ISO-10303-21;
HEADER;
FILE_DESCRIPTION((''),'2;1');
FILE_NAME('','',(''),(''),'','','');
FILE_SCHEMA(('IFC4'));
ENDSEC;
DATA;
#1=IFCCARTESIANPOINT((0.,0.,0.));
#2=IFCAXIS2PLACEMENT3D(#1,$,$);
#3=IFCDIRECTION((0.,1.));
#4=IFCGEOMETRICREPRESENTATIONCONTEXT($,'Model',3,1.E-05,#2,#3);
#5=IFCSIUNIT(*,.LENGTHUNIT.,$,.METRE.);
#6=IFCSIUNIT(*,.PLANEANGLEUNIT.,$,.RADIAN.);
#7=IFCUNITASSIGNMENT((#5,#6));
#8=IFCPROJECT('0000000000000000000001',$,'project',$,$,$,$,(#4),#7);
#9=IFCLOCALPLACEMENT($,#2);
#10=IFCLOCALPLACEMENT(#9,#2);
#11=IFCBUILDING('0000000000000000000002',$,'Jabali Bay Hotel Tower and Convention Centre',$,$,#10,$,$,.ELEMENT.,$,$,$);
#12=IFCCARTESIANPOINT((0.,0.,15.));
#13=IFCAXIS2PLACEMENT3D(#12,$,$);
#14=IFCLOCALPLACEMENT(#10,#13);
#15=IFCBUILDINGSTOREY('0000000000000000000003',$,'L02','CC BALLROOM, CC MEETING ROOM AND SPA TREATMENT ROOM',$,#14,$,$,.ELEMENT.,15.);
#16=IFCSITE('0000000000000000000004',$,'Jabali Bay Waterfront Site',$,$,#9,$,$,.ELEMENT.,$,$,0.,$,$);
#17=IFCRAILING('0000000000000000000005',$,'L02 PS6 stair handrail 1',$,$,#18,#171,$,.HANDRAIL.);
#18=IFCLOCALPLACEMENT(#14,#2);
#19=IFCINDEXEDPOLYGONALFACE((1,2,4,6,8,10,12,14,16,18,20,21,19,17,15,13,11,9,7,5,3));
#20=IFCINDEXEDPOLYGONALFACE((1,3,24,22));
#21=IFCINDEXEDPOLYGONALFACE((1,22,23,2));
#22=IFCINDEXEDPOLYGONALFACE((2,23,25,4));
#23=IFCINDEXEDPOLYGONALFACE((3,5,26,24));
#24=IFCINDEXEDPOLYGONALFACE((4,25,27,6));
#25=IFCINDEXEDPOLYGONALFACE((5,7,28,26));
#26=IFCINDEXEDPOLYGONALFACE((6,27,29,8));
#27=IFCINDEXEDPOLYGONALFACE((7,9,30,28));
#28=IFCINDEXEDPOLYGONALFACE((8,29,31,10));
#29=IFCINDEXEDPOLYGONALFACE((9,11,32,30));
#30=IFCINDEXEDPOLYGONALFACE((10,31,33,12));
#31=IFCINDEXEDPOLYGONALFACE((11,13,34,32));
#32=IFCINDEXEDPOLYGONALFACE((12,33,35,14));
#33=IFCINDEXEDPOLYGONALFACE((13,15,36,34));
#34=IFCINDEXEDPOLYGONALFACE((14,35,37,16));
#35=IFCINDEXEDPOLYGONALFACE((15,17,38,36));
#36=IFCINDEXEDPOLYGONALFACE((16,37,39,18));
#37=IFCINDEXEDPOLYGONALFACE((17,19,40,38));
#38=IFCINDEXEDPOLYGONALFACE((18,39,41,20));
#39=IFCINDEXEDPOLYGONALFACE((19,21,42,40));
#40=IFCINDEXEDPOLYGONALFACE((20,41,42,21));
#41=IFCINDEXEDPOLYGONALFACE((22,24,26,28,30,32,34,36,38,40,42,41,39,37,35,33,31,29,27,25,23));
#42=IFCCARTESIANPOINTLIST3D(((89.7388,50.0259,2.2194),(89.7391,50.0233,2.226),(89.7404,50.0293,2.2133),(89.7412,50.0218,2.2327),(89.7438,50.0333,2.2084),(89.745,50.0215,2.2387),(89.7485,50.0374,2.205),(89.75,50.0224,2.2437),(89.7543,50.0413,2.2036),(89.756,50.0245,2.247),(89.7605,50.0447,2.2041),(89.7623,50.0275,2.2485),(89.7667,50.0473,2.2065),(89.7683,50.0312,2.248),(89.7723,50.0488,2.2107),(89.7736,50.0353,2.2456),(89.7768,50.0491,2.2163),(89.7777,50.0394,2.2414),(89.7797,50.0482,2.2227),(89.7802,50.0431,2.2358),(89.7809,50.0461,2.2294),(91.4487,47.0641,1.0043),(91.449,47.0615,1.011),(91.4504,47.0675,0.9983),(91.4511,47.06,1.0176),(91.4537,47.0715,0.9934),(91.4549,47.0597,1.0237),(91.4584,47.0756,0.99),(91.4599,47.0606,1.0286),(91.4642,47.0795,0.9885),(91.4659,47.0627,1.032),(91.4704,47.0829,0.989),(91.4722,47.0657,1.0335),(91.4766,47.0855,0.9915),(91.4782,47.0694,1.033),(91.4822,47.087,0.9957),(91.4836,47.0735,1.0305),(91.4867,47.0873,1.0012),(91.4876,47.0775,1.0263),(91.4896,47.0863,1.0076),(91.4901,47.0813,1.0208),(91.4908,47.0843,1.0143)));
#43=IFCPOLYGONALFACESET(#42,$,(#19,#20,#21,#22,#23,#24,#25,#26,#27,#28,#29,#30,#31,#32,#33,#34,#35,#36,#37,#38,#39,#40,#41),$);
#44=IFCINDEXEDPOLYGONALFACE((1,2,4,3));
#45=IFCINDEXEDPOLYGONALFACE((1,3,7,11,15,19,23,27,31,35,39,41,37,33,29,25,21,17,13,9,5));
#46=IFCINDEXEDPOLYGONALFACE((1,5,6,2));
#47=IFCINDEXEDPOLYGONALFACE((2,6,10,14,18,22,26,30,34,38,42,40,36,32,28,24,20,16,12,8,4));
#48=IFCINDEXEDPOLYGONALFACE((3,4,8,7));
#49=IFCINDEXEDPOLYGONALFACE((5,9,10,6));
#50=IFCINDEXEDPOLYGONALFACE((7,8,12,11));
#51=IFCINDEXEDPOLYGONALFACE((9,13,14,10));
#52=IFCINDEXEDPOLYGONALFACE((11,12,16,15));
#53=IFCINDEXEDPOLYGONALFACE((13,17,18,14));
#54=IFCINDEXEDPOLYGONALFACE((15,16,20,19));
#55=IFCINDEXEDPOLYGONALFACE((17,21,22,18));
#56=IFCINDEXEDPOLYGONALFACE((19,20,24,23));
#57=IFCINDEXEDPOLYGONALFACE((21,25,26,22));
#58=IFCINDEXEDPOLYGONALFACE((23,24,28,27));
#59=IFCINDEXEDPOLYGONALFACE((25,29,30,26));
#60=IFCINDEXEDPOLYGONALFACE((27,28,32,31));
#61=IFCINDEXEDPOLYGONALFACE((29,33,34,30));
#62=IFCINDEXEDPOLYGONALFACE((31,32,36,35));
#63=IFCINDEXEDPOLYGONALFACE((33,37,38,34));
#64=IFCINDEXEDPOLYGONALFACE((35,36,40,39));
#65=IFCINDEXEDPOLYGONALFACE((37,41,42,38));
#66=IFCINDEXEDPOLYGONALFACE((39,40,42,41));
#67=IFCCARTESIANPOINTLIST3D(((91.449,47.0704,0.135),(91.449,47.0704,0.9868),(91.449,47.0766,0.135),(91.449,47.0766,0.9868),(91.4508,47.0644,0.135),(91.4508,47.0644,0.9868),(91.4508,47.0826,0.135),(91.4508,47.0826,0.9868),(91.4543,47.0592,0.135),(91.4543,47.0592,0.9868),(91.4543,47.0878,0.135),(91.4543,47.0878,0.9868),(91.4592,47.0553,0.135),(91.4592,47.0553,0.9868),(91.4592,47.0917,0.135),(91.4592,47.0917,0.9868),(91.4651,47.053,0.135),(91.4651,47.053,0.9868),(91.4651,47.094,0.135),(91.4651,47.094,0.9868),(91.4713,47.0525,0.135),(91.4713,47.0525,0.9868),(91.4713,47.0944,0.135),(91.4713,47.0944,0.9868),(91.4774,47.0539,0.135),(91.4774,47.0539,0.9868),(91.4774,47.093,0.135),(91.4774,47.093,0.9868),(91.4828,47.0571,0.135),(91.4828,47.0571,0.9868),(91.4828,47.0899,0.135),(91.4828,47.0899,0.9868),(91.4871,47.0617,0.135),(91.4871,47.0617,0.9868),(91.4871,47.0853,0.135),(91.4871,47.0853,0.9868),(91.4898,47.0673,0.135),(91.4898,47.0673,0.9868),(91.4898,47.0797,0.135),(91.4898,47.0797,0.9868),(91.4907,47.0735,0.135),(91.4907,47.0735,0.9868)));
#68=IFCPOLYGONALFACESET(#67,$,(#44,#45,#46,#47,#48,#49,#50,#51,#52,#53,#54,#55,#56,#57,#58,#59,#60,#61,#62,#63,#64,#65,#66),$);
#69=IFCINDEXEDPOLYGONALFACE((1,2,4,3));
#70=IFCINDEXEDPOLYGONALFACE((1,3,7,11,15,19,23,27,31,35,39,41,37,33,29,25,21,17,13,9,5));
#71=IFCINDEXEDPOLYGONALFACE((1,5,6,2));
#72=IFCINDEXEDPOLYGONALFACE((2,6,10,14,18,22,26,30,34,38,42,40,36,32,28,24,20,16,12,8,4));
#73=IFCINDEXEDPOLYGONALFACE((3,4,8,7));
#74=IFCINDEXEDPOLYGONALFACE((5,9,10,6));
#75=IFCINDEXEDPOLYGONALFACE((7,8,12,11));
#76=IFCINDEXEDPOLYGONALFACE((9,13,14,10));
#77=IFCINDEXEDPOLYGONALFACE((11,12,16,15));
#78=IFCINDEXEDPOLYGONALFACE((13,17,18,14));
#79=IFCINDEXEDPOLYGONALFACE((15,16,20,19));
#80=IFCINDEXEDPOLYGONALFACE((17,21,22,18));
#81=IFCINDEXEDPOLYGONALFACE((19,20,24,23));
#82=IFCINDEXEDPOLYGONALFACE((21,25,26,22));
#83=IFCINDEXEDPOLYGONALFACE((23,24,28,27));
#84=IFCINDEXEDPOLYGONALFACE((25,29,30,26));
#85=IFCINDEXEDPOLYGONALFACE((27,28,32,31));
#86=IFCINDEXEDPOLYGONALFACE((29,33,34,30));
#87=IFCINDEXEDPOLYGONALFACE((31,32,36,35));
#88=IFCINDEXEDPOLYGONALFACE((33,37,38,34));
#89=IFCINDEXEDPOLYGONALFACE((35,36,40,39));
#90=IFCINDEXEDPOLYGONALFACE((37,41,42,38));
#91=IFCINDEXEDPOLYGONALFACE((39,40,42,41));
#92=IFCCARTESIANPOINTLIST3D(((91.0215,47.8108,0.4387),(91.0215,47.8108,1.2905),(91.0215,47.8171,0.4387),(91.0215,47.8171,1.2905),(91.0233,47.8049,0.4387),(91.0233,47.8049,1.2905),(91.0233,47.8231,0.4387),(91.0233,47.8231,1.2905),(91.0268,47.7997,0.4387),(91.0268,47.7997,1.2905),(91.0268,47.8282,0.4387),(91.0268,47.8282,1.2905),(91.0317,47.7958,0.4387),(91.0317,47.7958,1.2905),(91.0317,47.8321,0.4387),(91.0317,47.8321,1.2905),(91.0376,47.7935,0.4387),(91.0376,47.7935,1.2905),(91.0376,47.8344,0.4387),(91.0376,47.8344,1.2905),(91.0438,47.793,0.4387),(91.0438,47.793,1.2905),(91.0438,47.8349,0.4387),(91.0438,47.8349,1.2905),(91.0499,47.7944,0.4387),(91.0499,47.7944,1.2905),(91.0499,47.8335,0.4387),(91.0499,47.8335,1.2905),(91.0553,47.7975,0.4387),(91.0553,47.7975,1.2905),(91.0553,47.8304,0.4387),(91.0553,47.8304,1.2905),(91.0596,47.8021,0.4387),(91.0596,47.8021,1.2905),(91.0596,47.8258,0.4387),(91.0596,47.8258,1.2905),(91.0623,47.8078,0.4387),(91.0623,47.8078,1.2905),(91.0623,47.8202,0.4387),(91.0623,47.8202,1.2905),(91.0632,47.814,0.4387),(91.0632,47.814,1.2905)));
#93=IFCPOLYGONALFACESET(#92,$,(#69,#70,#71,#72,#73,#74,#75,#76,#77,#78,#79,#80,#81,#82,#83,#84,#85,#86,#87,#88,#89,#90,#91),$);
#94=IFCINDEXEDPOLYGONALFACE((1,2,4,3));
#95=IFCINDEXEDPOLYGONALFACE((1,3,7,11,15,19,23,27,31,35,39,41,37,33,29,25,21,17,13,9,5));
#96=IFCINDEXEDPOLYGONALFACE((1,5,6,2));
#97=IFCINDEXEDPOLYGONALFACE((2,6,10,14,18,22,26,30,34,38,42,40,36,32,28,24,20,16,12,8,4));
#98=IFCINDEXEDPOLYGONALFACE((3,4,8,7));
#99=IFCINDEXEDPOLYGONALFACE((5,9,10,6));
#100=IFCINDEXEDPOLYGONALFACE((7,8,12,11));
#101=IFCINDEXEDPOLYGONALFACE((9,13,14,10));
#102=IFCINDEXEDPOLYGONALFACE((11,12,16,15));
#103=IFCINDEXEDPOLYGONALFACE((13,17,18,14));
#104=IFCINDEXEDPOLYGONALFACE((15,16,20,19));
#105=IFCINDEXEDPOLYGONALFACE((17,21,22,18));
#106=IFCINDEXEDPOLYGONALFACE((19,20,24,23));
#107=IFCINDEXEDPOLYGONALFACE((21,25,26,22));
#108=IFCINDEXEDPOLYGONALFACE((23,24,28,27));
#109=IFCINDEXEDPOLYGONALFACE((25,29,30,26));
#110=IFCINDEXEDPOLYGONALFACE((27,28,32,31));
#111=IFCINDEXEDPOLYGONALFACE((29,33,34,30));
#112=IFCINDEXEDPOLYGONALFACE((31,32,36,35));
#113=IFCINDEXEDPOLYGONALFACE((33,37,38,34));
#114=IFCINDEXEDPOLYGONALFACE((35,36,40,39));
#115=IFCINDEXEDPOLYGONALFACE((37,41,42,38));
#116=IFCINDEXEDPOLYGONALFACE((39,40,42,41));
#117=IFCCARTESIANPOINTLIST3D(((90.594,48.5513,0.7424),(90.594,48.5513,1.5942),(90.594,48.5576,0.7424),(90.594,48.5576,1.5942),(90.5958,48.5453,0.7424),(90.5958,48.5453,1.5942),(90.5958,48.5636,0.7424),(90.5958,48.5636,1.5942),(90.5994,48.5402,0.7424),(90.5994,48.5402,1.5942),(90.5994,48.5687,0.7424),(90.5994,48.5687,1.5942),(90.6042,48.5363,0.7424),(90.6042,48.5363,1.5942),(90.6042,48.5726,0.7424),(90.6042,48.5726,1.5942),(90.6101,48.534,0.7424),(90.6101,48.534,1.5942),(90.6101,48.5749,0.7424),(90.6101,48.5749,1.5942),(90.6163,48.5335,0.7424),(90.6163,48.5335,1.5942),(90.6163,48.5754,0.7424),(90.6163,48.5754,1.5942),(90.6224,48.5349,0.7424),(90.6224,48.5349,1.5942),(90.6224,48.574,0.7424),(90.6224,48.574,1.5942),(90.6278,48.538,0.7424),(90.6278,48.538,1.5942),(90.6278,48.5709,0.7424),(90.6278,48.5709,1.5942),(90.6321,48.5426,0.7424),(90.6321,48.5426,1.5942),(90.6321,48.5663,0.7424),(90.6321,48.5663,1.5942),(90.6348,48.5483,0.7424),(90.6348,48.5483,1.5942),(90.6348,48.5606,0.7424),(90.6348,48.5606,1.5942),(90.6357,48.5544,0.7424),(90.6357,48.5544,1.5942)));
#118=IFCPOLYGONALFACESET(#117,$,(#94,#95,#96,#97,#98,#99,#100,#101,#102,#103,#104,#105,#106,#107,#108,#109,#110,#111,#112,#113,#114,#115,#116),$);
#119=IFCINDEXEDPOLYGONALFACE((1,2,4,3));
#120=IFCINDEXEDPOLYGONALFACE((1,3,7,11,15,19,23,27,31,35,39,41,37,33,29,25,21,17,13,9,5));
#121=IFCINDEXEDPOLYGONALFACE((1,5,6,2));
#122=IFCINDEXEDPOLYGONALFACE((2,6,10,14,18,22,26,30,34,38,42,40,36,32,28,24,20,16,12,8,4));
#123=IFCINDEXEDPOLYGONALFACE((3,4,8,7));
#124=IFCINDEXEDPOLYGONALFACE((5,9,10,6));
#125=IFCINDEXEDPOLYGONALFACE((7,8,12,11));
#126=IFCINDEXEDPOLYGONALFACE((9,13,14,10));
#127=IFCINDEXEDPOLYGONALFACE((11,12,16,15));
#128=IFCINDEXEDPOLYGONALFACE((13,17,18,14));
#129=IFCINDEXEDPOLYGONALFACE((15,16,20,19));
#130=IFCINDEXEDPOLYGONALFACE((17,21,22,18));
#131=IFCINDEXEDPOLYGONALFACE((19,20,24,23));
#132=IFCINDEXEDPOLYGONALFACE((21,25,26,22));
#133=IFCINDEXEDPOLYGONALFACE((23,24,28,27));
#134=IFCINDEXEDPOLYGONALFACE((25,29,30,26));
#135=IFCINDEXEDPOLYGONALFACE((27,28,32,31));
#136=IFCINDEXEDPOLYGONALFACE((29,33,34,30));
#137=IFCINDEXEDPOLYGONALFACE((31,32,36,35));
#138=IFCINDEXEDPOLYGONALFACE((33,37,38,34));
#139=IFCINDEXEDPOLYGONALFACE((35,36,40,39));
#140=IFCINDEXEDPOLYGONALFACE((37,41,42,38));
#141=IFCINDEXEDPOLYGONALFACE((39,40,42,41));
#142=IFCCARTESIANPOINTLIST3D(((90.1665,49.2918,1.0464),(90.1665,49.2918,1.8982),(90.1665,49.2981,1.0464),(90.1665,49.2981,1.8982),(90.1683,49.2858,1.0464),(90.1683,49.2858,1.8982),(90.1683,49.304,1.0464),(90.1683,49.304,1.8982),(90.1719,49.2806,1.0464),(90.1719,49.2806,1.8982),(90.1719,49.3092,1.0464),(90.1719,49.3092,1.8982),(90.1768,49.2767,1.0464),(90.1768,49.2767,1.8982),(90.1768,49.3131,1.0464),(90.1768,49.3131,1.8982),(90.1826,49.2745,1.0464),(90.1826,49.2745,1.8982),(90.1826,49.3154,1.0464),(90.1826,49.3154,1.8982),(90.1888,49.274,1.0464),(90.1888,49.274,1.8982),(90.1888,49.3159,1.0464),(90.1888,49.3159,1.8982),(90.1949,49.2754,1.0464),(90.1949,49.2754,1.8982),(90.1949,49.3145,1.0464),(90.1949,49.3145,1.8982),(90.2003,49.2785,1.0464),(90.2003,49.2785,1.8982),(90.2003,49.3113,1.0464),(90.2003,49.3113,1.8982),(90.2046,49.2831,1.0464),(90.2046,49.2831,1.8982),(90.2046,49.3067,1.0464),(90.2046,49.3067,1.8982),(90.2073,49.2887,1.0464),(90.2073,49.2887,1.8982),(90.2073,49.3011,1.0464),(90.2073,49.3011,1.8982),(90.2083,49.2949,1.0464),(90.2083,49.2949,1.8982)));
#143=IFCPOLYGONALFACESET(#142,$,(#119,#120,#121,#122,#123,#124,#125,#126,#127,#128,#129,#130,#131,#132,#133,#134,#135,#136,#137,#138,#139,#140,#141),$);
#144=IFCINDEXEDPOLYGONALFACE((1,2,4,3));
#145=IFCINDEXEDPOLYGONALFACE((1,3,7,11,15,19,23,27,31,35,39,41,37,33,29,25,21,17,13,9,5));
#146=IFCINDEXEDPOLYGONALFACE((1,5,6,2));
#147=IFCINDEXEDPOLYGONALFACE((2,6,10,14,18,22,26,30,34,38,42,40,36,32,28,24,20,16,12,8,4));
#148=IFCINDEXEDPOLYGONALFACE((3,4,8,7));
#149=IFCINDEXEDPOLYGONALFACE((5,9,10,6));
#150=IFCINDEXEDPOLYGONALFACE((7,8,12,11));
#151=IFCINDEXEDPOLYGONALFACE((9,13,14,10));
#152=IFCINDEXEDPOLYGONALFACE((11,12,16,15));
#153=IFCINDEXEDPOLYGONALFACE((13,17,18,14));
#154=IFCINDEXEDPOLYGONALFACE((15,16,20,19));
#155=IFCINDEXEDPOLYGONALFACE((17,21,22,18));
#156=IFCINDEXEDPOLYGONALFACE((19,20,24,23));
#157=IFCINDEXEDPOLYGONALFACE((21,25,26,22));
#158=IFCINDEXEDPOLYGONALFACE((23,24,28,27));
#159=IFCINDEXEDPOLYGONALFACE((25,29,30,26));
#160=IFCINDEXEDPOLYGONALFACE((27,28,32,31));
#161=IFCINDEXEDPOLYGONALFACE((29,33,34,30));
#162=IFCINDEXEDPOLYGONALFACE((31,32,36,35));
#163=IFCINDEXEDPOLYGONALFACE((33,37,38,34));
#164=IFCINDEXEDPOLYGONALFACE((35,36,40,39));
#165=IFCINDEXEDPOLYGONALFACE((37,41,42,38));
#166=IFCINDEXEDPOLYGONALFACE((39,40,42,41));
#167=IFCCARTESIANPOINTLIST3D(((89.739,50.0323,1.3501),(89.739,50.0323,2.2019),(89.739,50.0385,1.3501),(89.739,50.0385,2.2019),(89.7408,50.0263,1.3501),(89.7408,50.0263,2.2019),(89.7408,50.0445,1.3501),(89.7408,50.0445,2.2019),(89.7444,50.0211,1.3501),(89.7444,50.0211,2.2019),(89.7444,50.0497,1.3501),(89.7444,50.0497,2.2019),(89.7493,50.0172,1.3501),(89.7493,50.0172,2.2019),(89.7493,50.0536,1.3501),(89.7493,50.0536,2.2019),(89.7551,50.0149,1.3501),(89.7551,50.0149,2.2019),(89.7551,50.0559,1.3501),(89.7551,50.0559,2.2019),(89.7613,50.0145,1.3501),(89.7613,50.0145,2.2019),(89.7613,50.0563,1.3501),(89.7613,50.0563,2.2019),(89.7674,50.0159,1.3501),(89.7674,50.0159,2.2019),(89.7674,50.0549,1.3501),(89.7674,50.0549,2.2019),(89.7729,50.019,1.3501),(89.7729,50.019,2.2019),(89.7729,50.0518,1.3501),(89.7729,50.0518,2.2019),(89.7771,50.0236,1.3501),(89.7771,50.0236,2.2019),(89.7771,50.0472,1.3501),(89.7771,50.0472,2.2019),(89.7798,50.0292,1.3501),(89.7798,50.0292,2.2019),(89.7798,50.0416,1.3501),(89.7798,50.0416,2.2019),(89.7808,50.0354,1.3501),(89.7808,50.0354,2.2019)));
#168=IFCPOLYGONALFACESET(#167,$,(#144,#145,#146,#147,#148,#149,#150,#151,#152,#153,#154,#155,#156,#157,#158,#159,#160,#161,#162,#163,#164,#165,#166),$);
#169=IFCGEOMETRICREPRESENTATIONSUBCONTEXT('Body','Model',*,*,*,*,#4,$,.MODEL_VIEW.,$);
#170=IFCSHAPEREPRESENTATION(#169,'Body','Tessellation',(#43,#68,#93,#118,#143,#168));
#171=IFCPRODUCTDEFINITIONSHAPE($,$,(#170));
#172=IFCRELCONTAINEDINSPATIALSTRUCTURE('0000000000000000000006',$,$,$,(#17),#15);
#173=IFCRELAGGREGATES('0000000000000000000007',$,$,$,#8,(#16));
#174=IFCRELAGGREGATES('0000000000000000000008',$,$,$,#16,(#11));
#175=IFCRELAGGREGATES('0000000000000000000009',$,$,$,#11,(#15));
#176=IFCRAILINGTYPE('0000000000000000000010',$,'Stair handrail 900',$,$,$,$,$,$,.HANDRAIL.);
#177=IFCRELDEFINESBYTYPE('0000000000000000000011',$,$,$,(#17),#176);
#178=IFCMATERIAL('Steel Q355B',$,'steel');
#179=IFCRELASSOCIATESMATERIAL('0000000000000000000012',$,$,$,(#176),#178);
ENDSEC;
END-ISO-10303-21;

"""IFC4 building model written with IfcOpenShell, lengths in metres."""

from ifc_helpers import new_model, si_unit, direction, frame, origin, origin_2d, place, context, subcontext, project, spatial, circle, extrude, material, type_object, element, save


model = new_model("IFC4")

# Units and contexts
model_context = context("Model", 3, precision=1e-05, world=origin(), true_north=direction((0.0, 1.0)))
body_context = subcontext(model_context, "Body", "Model", "MODEL_VIEW")
ifc_project = project(units=[si_unit("LENGTHUNIT", "METRE"), si_unit("PLANEANGLEUNIT", "RADIAN")], contexts=[model_context])

# Site, building, storey
site_placement = place(None, origin())
site = spatial("IfcSite", under=ifc_project, at=site_placement, Name="Jabali Bay Waterfront Site", CompositionType="ELEMENT", RefElevation=0.0)
building_placement = place(site_placement, origin())
building = spatial("IfcBuilding", under=site, at=building_placement, Name="Jabali Bay Hotel Tower and Convention Centre", CompositionType="ELEMENT")
storey_placement = place(building_placement, frame((0.0, 0.0, 15.0)))
storey = spatial("IfcBuildingStorey", under=building, at=storey_placement, Name="L02", Description="CC BALLROOM, CC MEETING ROOM AND SPA TREATMENT ROOM", CompositionType="ELEMENT", Elevation=15.0)

# Railing
ifc_material_1 = material(Name="Steel Q355B", Category="steel")
railing_type_1 = type_object("IfcRailingType", Name="Stair handrail 900", PredefinedType="HANDRAIL", material=ifc_material_1)
railing_1_placement = place(storey_placement, frame((91.4697, 47.0735, 0.135)))
element("IfcRailing", 1, at=railing_1_placement, inside=storey, type_object=railing_type_1, Name="L02 PS6 stair handrail 1", PredefinedType="HANDRAIL", context=body_context, shape_type="SweptSolid", body=[
    extrude(circle(Radius=0.0239, at=origin_2d()), frame((0.0, 0.0, 0.876), z_axis=(-0.471127, 0.816065, 0.33478), x_axis=(-0.866038, -0.499978, 0.0)), (0.0, 0.0, 1.0), 3.6294),
    extrude(circle(Radius=0.021, at=origin_2d()), origin(), (0.0, 0.0, 1.0), 0.8518),
    extrude(circle(Radius=0.021, at=origin_2d()), frame((-0.4275, 0.7405, 0.3037)), (0.0, 0.0, 1.0), 0.8518),
    extrude(circle(Radius=0.021, at=origin_2d()), frame((-0.855, 1.481, 0.6074)), (0.0, 0.0, 1.0), 0.8518),
    extrude(circle(Radius=0.021, at=origin_2d()), frame((-1.2825, 2.2214, 0.9114)), (0.0, 0.0, 1.0), 0.8518),
    extrude(circle(Radius=0.021, at=origin_2d()), frame((-1.71, 2.9619, 1.2151)), (0.0, 0.0, 1.0), 0.8518),
])

save(model, "model.ifc")
